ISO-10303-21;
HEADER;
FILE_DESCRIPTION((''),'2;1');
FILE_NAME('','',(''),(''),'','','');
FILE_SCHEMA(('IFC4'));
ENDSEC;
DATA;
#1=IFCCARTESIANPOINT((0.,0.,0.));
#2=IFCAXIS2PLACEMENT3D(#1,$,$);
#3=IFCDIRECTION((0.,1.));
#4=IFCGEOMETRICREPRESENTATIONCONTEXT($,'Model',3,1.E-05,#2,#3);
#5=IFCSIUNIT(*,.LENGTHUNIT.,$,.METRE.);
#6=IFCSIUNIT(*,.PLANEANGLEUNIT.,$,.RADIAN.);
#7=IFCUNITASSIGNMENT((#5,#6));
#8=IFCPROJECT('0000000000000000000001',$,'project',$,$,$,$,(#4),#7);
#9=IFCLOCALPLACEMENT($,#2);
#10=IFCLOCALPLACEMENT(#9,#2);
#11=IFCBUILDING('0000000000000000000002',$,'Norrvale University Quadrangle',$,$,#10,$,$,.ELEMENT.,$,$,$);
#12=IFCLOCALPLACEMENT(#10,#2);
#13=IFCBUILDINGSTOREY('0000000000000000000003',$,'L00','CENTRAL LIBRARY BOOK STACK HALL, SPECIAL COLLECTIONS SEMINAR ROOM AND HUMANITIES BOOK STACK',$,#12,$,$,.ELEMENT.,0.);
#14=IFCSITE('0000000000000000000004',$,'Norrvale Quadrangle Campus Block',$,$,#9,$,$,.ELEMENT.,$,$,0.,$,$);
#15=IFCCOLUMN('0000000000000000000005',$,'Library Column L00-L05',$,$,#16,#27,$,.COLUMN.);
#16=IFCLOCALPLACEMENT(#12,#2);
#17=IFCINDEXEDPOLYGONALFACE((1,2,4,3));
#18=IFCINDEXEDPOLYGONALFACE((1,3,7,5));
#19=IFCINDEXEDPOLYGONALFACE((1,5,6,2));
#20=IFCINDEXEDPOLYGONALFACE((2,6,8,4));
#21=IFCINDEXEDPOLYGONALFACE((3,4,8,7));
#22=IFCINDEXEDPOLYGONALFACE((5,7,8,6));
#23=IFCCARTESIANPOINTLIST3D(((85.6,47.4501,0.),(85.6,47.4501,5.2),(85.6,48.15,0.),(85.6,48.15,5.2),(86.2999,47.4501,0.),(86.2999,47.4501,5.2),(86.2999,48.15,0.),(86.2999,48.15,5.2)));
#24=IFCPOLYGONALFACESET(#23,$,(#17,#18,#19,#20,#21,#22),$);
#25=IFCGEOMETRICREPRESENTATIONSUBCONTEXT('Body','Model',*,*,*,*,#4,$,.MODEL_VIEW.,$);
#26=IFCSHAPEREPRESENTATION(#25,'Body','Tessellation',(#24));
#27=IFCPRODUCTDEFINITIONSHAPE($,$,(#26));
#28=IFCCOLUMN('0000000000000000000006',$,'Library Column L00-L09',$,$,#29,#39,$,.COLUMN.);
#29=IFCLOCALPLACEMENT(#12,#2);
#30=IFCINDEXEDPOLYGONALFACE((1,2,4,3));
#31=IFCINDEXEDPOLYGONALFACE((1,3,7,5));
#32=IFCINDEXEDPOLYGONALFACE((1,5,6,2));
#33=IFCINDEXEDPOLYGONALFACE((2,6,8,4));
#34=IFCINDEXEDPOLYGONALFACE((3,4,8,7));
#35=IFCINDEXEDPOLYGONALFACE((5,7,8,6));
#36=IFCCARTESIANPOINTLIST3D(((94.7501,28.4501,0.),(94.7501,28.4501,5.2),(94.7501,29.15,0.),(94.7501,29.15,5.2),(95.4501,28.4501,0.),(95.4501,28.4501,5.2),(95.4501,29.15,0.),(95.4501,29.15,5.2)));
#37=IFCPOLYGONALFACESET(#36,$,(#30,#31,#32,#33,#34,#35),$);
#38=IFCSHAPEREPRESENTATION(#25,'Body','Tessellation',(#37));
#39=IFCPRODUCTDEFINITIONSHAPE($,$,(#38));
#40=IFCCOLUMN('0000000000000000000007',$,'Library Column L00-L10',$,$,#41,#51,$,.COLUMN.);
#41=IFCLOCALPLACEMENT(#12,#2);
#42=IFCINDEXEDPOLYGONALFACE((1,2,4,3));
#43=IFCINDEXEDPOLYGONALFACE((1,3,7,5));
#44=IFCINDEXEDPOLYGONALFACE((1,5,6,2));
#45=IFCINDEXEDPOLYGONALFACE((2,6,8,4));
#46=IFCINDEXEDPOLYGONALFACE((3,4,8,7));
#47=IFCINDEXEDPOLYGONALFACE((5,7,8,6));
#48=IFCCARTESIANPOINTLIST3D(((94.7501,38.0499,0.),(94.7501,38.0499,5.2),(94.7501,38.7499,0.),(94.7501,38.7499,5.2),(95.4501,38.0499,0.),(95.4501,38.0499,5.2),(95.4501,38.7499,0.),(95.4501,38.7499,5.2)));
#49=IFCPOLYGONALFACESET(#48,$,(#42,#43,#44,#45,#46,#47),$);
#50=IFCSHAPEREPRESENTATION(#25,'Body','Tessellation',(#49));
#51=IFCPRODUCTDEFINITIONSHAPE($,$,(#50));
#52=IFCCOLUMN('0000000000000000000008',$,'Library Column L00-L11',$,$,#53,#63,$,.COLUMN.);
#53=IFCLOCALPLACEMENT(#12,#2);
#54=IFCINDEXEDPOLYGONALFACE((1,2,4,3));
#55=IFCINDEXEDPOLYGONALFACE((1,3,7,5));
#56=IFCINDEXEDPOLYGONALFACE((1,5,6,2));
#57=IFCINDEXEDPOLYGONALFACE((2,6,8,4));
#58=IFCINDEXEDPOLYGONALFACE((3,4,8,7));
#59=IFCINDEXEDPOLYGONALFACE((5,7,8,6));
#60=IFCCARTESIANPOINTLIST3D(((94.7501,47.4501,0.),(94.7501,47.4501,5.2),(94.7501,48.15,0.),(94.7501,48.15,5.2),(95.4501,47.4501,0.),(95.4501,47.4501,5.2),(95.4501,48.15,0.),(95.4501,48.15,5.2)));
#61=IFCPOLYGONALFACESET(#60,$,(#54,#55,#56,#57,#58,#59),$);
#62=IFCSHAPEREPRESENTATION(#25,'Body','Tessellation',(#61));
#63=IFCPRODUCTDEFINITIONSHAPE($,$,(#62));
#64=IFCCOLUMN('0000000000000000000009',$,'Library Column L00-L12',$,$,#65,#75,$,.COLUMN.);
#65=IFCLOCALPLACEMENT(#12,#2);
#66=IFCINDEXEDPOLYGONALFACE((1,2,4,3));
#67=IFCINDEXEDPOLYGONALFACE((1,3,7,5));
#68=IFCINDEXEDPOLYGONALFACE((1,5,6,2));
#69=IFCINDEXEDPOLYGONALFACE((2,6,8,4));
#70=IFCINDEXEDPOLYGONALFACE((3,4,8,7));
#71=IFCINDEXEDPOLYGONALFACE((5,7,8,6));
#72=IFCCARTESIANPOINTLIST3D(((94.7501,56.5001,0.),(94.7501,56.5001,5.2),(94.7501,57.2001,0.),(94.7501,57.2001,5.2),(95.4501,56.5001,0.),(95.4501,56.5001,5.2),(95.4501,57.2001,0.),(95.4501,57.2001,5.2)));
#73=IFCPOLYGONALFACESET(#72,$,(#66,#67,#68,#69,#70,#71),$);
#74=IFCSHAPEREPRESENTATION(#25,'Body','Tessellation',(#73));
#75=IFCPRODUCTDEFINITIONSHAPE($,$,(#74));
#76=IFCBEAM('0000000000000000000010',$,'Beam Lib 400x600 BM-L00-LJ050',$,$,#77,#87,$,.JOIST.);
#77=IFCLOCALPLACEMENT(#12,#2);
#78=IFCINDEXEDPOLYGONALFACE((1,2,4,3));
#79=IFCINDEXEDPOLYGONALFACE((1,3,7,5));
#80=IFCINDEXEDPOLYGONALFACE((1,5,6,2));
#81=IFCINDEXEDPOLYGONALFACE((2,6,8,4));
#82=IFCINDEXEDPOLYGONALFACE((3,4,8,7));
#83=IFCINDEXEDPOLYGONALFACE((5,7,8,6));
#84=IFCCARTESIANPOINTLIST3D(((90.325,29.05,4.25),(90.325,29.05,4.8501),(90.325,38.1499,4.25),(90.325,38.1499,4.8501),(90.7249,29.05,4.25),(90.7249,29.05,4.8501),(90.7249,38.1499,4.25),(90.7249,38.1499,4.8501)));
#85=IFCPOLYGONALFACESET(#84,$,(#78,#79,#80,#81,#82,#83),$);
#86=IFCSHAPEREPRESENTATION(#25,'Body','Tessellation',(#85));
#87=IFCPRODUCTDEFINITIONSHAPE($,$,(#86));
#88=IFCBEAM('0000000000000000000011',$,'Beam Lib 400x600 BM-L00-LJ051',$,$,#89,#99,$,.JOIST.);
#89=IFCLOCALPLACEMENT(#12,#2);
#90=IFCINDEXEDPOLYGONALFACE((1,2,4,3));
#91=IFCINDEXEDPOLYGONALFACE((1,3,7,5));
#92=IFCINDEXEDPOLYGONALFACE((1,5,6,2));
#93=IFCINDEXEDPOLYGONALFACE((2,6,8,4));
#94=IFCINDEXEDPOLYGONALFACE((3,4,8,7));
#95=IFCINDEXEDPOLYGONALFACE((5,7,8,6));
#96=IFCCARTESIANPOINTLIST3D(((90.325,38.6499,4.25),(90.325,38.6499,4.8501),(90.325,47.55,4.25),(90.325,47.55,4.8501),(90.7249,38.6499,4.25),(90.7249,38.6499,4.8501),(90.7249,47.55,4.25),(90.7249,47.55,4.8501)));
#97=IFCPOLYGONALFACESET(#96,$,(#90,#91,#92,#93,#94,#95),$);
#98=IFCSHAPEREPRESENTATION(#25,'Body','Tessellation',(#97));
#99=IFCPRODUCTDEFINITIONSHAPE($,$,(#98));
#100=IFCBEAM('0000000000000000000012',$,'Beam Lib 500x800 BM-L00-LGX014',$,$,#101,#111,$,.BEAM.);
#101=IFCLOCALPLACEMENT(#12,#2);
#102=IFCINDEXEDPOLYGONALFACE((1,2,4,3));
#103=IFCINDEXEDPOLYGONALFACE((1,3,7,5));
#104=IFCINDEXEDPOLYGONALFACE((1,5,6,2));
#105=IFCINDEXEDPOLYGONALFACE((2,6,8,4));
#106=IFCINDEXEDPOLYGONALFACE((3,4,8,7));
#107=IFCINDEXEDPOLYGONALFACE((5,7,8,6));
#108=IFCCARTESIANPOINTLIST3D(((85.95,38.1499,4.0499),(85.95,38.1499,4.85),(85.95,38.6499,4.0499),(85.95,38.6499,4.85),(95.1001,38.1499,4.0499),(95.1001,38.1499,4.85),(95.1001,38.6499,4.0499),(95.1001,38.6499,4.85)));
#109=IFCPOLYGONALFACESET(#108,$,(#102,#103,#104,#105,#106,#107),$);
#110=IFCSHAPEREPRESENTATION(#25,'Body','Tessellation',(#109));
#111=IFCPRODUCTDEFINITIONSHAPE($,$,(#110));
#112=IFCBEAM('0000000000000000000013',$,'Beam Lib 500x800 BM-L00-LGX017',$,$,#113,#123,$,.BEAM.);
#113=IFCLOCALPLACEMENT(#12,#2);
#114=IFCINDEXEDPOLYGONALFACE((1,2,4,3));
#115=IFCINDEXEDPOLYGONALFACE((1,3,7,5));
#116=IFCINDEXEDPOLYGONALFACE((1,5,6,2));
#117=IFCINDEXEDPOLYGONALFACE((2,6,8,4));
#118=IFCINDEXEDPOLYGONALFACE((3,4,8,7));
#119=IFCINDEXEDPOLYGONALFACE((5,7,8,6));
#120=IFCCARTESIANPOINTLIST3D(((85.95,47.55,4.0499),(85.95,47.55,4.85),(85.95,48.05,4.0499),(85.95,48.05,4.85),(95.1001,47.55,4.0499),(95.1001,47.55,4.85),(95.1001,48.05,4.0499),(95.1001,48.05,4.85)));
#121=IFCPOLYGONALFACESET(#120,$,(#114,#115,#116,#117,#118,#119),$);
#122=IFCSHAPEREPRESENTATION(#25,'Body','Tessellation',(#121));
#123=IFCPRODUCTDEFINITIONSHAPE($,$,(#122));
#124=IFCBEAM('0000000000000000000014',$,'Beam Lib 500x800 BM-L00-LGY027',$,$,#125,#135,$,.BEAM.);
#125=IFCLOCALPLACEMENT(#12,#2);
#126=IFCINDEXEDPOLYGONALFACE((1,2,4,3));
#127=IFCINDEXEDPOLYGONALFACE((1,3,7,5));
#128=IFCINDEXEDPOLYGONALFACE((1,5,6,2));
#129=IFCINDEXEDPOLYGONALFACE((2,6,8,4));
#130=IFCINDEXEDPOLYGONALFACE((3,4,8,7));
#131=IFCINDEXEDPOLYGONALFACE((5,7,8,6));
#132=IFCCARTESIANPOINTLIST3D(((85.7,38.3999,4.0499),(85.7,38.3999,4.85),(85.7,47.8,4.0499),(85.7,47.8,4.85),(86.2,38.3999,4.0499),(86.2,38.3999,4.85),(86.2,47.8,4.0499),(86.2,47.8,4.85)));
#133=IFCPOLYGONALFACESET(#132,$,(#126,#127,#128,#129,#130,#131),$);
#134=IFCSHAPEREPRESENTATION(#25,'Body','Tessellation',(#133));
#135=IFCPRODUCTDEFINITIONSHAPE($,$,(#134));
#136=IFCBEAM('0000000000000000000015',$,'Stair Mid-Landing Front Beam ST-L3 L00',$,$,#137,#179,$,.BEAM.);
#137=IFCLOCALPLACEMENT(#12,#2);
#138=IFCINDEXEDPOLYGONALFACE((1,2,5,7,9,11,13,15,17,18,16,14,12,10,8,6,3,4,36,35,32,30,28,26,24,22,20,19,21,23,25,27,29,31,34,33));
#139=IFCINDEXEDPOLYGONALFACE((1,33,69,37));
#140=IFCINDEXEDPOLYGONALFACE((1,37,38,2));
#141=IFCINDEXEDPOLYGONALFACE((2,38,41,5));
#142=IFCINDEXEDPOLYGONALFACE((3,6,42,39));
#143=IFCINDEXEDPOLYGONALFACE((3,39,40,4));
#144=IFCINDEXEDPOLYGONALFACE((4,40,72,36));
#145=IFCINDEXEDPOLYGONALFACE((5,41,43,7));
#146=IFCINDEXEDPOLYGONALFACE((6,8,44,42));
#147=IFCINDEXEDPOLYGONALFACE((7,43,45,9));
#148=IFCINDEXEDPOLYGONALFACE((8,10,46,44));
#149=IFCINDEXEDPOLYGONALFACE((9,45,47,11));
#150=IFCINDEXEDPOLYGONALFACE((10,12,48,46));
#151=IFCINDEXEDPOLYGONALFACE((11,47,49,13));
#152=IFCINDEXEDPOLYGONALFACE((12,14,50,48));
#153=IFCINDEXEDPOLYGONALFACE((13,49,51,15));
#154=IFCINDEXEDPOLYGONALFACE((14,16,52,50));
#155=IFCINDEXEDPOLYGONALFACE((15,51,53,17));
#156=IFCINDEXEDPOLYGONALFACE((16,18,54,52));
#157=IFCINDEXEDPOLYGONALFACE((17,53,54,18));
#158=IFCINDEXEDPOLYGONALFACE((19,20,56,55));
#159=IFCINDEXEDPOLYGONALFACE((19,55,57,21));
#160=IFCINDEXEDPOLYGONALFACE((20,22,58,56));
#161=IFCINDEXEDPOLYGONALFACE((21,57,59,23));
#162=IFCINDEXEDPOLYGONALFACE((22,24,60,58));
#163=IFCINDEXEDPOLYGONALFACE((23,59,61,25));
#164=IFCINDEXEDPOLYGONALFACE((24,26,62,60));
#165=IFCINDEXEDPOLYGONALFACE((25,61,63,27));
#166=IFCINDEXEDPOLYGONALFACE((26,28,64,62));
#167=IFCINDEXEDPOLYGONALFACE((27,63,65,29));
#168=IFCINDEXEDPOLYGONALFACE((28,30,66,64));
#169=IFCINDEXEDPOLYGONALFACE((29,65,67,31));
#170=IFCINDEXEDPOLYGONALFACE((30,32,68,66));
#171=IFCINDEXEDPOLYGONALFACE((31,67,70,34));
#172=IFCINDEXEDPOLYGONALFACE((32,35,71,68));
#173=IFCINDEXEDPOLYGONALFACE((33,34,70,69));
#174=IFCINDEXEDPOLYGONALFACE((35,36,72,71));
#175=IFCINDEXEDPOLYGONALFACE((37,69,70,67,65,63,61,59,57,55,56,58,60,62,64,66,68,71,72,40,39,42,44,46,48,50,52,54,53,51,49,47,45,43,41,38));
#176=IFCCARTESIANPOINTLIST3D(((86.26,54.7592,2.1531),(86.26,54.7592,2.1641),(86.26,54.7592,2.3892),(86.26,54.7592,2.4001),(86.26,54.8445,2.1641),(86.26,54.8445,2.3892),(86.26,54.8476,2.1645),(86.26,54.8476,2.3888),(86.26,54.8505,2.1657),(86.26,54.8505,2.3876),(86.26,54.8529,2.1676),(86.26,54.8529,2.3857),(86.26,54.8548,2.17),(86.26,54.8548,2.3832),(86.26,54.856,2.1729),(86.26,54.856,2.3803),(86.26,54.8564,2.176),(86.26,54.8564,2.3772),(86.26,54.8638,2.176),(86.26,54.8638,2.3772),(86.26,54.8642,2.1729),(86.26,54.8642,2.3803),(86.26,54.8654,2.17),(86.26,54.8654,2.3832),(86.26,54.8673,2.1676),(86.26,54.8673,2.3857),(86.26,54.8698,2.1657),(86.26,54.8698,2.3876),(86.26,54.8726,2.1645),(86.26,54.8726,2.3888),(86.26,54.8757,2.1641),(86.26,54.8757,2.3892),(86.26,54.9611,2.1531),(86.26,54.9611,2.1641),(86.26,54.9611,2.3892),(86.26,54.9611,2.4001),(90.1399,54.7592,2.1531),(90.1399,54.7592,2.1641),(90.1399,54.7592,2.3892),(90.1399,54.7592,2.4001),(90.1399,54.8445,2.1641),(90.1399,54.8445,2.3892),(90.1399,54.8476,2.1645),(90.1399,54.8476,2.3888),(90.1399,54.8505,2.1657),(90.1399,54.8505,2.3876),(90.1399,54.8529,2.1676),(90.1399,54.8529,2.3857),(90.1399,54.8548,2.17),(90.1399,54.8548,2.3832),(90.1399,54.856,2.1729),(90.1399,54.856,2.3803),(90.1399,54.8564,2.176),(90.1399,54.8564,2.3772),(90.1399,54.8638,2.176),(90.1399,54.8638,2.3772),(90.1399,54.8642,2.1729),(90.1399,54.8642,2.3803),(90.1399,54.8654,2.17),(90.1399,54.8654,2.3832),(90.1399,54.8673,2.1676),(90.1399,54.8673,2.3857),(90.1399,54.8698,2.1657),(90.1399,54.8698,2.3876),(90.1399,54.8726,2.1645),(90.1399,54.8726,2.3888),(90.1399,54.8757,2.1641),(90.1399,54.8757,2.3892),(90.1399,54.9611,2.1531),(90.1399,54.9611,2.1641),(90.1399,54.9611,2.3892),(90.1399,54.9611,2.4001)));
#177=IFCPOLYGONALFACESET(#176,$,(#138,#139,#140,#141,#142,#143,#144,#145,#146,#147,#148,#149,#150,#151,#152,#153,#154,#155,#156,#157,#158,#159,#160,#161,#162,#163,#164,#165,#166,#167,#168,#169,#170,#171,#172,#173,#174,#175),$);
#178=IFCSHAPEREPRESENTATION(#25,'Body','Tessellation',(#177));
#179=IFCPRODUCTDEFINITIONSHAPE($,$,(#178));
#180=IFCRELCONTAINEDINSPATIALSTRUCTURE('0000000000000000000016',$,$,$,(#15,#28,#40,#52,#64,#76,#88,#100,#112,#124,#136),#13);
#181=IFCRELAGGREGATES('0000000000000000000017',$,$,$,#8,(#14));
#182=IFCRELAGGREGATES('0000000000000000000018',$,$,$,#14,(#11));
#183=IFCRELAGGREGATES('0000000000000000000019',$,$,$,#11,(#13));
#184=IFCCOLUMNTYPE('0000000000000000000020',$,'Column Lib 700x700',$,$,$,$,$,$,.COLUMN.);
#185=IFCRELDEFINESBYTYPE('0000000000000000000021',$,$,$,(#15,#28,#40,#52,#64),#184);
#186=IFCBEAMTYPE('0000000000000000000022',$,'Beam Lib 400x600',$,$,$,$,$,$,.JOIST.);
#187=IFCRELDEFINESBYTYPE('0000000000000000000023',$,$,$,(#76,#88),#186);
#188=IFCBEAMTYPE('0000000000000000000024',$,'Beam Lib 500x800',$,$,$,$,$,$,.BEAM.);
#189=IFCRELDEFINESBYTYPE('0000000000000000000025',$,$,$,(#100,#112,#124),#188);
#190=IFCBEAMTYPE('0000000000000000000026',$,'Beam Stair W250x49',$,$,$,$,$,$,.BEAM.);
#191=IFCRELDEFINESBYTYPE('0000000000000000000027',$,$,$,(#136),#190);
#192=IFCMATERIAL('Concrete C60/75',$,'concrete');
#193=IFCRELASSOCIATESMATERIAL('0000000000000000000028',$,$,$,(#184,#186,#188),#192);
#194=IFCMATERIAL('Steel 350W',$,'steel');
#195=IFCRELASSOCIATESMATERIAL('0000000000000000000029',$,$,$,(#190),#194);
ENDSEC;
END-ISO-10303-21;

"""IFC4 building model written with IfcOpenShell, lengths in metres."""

from ifc_helpers import new_model, si_unit, direction, frame, origin, origin_2d, place, context, subcontext, project, spatial, rectangle, i_section, extrude, material, material_profile, profile_set, type_object, element, save


model = new_model("IFC4")

# Units and contexts
model_context = context("Model", 3, precision=1e-05, world=origin(), true_north=direction((0.0, 1.0)))
body_context = subcontext(model_context, "Body", "Model", "MODEL_VIEW")
ifc_project = project(units=[si_unit("LENGTHUNIT", "METRE"), si_unit("PLANEANGLEUNIT", "RADIAN")], contexts=[model_context])

# Site, building, storey
site_placement = place(None, origin())
site = spatial("IfcSite", under=ifc_project, at=site_placement, Name="Norrvale Quadrangle Campus Block", CompositionType="ELEMENT", RefElevation=0.0)
building_placement = place(site_placement, origin())
building = spatial("IfcBuilding", under=site, at=building_placement, Name="Norrvale University Quadrangle", CompositionType="ELEMENT")
storey_placement = place(building_placement, origin())
storey = spatial("IfcBuildingStorey", under=building, at=storey_placement, Name="L00", Description="CENTRAL LIBRARY BOOK STACK HALL, SPECIAL COLLECTIONS SEMINAR ROOM AND HUMANITIES BOOK STACK", CompositionType="ELEMENT", Elevation=0.0)

# Columns
ifc_material_1 = material(Name="Concrete C60/75", Category="concrete")
ifc_material_profile_1 = material_profile(ifc_material_1, rectangle(XDim=0.7, YDim=0.7, at=origin_2d()), Name="Concrete C60/75")
ifc_profile_set_1 = profile_set([ifc_material_profile_1], Name="Concrete C60/75")
column_type = type_object("IfcColumnType", Name="Column Lib 700x700", PredefinedType="COLUMN", material=ifc_profile_set_1)
for number, where, z_axis, x_axis, name in (
    (1, (85.95, 47.8, 0.0), (0.0, 0.0, 1.0), (1.0, 0.0, 0.0), "Library Column L00-L05"),
    (2, (95.1001, 28.8, 0.0), (0.0, 0.0, 1.0), (1.0, 0.0, 0.0), "Library Column L00-L09"),
    (3, (95.1001, 38.3999, 0.0), (0.0, 0.0, 1.0), (1.0, 0.0, 0.0), "Library Column L00-L10"),
    (4, (95.1001, 47.8, 0.0), (0.0, 0.0, 1.0), (1.0, 0.0, 0.0), "Library Column L00-L11"),
    (5, (95.1001, 56.8501, 0.0), (0.0, 0.0, 1.0), (1.0, 0.0, 0.0), "Library Column L00-L12"),
):
    element("IfcColumn", number, at=place(storey_placement, frame(where, z_axis=z_axis, x_axis=x_axis)), inside=storey, type_object=column_type, Name=name, PredefinedType="COLUMN", context=body_context, shape_type="SweptSolid", body=[
        extrude(rectangle(XDim=0.7, YDim=0.7, at=origin_2d()), origin(), (0.0, 0.0, 1.0), 5.2),
    ])

# Beams
ifc_material_profile_2 = material_profile(ifc_material_1, rectangle(XDim=0.3999, YDim=0.6001, at=origin_2d()), Name="Concrete C60/75")
ifc_profile_set_2 = profile_set([ifc_material_profile_2], Name="Concrete C60/75")
beam_type_1 = type_object("IfcBeamType", Name="Beam Lib 400x600", PredefinedType="JOIST", material=ifc_profile_set_2)
beam_1_placement = place(storey_placement, frame((90.5249, 29.05, 4.55), z_axis=(0.0, 1.0, 0.0), x_axis=(-1.0, 0.0, 0.0)))
element("IfcBeam", 6, at=beam_1_placement, inside=storey, type_object=beam_type_1, Name="Beam Lib 400x600 BM-L00-LJ050", PredefinedType="JOIST", context=body_context, shape_type="SweptSolid", body=[
    extrude(rectangle(XDim=0.3999, YDim=0.6001, at=origin_2d()), origin(), (0.0, 0.0, 1.0), 9.0999),
])
beam_2_placement = place(storey_placement, frame((90.5249, 38.6499, 4.55), z_axis=(0.0, 1.0, 0.0), x_axis=(-1.0, 0.0, 0.0)))
element("IfcBeam", 7, at=beam_2_placement, inside=storey, type_object=beam_type_1, Name="Beam Lib 400x600 BM-L00-LJ051", PredefinedType="JOIST", context=body_context, shape_type="SweptSolid", body=[
    extrude(rectangle(XDim=0.3999, YDim=0.6001, at=origin_2d()), origin(), (0.0, 0.0, 1.0), 8.9001),
])
ifc_material_profile_3 = material_profile(ifc_material_1, rectangle(XDim=0.5, YDim=0.8, at=origin_2d()), Name="Concrete C60/75")
ifc_profile_set_3 = profile_set([ifc_material_profile_3], Name="Concrete C60/75")
beam_type_2 = type_object("IfcBeamType", Name="Beam Lib 500x800", PredefinedType="BEAM", material=ifc_profile_set_3)
for number, where, z_axis, x_axis, name in (
    (8, (85.95, 38.3999, 4.45), (1.0, 0.0, 0.0), (0.0, 1.0, 0.0), "Beam Lib 500x800 BM-L00-LGX014"),
    (9, (85.95, 47.8, 4.45), (1.0, 0.0, 0.0), (0.0, 1.0, 0.0), "Beam Lib 500x800 BM-L00-LGX017"),
):
    element("IfcBeam", number, at=place(storey_placement, frame(where, z_axis=z_axis, x_axis=x_axis)), inside=storey, type_object=beam_type_2, Name=name, PredefinedType="BEAM", context=body_context, shape_type="SweptSolid", body=[
        extrude(rectangle(XDim=0.5, YDim=0.8, at=origin_2d()), origin(), (0.0, 0.0, 1.0), 9.1501),
    ])
beam_3_placement = place(storey_placement, frame((85.95, 38.3999, 4.45), z_axis=(0.0, 1.0, 0.0), x_axis=(-1.0, 0.0, 0.0)))
element("IfcBeam", 10, at=beam_3_placement, inside=storey, type_object=beam_type_2, Name="Beam Lib 500x800 BM-L00-LGY027", PredefinedType="BEAM", context=body_context, shape_type="SweptSolid", body=[
    extrude(rectangle(XDim=0.5, YDim=0.8, at=origin_2d()), origin(), (0.0, 0.0, 1.0), 9.4001),
])
ifc_material_2 = material(Name="Steel 350W", Category="steel")
ifc_material_profile_4 = material_profile(ifc_material_2, i_section(OverallWidth=0.2019, OverallDepth=0.2471, WebThickness=0.0073, FlangeThickness=0.011, FilletRadius=0.012, at=origin_2d()), Name="Steel 350W")
ifc_profile_set_4 = profile_set([ifc_material_profile_4], Name="Steel 350W")
beam_type_3 = type_object("IfcBeamType", Name="Beam Stair W250x49", PredefinedType="BEAM", material=ifc_profile_set_4)
for number, where, z_axis, x_axis, name in (
    (11, (86.26, 54.8601, 2.2766), (1.0, 0.0, 0.0), (0.0, 1.0, 0.0), "Stair Mid-Landing Front Beam ST-L3 L00"),
):
    element("IfcBeam", number, at=place(storey_placement, frame(where, z_axis=z_axis, x_axis=x_axis)), inside=storey, type_object=beam_type_3, Name=name, PredefinedType="BEAM", context=body_context, shape_type="SweptSolid", body=[
        extrude(i_section(OverallWidth=0.2019, OverallDepth=0.2471, WebThickness=0.0073, FlangeThickness=0.011, FilletRadius=0.012, at=origin_2d()), origin(), (0.0, 0.0, 1.0), 3.8799),
    ])

save(model, "model.ifc")
